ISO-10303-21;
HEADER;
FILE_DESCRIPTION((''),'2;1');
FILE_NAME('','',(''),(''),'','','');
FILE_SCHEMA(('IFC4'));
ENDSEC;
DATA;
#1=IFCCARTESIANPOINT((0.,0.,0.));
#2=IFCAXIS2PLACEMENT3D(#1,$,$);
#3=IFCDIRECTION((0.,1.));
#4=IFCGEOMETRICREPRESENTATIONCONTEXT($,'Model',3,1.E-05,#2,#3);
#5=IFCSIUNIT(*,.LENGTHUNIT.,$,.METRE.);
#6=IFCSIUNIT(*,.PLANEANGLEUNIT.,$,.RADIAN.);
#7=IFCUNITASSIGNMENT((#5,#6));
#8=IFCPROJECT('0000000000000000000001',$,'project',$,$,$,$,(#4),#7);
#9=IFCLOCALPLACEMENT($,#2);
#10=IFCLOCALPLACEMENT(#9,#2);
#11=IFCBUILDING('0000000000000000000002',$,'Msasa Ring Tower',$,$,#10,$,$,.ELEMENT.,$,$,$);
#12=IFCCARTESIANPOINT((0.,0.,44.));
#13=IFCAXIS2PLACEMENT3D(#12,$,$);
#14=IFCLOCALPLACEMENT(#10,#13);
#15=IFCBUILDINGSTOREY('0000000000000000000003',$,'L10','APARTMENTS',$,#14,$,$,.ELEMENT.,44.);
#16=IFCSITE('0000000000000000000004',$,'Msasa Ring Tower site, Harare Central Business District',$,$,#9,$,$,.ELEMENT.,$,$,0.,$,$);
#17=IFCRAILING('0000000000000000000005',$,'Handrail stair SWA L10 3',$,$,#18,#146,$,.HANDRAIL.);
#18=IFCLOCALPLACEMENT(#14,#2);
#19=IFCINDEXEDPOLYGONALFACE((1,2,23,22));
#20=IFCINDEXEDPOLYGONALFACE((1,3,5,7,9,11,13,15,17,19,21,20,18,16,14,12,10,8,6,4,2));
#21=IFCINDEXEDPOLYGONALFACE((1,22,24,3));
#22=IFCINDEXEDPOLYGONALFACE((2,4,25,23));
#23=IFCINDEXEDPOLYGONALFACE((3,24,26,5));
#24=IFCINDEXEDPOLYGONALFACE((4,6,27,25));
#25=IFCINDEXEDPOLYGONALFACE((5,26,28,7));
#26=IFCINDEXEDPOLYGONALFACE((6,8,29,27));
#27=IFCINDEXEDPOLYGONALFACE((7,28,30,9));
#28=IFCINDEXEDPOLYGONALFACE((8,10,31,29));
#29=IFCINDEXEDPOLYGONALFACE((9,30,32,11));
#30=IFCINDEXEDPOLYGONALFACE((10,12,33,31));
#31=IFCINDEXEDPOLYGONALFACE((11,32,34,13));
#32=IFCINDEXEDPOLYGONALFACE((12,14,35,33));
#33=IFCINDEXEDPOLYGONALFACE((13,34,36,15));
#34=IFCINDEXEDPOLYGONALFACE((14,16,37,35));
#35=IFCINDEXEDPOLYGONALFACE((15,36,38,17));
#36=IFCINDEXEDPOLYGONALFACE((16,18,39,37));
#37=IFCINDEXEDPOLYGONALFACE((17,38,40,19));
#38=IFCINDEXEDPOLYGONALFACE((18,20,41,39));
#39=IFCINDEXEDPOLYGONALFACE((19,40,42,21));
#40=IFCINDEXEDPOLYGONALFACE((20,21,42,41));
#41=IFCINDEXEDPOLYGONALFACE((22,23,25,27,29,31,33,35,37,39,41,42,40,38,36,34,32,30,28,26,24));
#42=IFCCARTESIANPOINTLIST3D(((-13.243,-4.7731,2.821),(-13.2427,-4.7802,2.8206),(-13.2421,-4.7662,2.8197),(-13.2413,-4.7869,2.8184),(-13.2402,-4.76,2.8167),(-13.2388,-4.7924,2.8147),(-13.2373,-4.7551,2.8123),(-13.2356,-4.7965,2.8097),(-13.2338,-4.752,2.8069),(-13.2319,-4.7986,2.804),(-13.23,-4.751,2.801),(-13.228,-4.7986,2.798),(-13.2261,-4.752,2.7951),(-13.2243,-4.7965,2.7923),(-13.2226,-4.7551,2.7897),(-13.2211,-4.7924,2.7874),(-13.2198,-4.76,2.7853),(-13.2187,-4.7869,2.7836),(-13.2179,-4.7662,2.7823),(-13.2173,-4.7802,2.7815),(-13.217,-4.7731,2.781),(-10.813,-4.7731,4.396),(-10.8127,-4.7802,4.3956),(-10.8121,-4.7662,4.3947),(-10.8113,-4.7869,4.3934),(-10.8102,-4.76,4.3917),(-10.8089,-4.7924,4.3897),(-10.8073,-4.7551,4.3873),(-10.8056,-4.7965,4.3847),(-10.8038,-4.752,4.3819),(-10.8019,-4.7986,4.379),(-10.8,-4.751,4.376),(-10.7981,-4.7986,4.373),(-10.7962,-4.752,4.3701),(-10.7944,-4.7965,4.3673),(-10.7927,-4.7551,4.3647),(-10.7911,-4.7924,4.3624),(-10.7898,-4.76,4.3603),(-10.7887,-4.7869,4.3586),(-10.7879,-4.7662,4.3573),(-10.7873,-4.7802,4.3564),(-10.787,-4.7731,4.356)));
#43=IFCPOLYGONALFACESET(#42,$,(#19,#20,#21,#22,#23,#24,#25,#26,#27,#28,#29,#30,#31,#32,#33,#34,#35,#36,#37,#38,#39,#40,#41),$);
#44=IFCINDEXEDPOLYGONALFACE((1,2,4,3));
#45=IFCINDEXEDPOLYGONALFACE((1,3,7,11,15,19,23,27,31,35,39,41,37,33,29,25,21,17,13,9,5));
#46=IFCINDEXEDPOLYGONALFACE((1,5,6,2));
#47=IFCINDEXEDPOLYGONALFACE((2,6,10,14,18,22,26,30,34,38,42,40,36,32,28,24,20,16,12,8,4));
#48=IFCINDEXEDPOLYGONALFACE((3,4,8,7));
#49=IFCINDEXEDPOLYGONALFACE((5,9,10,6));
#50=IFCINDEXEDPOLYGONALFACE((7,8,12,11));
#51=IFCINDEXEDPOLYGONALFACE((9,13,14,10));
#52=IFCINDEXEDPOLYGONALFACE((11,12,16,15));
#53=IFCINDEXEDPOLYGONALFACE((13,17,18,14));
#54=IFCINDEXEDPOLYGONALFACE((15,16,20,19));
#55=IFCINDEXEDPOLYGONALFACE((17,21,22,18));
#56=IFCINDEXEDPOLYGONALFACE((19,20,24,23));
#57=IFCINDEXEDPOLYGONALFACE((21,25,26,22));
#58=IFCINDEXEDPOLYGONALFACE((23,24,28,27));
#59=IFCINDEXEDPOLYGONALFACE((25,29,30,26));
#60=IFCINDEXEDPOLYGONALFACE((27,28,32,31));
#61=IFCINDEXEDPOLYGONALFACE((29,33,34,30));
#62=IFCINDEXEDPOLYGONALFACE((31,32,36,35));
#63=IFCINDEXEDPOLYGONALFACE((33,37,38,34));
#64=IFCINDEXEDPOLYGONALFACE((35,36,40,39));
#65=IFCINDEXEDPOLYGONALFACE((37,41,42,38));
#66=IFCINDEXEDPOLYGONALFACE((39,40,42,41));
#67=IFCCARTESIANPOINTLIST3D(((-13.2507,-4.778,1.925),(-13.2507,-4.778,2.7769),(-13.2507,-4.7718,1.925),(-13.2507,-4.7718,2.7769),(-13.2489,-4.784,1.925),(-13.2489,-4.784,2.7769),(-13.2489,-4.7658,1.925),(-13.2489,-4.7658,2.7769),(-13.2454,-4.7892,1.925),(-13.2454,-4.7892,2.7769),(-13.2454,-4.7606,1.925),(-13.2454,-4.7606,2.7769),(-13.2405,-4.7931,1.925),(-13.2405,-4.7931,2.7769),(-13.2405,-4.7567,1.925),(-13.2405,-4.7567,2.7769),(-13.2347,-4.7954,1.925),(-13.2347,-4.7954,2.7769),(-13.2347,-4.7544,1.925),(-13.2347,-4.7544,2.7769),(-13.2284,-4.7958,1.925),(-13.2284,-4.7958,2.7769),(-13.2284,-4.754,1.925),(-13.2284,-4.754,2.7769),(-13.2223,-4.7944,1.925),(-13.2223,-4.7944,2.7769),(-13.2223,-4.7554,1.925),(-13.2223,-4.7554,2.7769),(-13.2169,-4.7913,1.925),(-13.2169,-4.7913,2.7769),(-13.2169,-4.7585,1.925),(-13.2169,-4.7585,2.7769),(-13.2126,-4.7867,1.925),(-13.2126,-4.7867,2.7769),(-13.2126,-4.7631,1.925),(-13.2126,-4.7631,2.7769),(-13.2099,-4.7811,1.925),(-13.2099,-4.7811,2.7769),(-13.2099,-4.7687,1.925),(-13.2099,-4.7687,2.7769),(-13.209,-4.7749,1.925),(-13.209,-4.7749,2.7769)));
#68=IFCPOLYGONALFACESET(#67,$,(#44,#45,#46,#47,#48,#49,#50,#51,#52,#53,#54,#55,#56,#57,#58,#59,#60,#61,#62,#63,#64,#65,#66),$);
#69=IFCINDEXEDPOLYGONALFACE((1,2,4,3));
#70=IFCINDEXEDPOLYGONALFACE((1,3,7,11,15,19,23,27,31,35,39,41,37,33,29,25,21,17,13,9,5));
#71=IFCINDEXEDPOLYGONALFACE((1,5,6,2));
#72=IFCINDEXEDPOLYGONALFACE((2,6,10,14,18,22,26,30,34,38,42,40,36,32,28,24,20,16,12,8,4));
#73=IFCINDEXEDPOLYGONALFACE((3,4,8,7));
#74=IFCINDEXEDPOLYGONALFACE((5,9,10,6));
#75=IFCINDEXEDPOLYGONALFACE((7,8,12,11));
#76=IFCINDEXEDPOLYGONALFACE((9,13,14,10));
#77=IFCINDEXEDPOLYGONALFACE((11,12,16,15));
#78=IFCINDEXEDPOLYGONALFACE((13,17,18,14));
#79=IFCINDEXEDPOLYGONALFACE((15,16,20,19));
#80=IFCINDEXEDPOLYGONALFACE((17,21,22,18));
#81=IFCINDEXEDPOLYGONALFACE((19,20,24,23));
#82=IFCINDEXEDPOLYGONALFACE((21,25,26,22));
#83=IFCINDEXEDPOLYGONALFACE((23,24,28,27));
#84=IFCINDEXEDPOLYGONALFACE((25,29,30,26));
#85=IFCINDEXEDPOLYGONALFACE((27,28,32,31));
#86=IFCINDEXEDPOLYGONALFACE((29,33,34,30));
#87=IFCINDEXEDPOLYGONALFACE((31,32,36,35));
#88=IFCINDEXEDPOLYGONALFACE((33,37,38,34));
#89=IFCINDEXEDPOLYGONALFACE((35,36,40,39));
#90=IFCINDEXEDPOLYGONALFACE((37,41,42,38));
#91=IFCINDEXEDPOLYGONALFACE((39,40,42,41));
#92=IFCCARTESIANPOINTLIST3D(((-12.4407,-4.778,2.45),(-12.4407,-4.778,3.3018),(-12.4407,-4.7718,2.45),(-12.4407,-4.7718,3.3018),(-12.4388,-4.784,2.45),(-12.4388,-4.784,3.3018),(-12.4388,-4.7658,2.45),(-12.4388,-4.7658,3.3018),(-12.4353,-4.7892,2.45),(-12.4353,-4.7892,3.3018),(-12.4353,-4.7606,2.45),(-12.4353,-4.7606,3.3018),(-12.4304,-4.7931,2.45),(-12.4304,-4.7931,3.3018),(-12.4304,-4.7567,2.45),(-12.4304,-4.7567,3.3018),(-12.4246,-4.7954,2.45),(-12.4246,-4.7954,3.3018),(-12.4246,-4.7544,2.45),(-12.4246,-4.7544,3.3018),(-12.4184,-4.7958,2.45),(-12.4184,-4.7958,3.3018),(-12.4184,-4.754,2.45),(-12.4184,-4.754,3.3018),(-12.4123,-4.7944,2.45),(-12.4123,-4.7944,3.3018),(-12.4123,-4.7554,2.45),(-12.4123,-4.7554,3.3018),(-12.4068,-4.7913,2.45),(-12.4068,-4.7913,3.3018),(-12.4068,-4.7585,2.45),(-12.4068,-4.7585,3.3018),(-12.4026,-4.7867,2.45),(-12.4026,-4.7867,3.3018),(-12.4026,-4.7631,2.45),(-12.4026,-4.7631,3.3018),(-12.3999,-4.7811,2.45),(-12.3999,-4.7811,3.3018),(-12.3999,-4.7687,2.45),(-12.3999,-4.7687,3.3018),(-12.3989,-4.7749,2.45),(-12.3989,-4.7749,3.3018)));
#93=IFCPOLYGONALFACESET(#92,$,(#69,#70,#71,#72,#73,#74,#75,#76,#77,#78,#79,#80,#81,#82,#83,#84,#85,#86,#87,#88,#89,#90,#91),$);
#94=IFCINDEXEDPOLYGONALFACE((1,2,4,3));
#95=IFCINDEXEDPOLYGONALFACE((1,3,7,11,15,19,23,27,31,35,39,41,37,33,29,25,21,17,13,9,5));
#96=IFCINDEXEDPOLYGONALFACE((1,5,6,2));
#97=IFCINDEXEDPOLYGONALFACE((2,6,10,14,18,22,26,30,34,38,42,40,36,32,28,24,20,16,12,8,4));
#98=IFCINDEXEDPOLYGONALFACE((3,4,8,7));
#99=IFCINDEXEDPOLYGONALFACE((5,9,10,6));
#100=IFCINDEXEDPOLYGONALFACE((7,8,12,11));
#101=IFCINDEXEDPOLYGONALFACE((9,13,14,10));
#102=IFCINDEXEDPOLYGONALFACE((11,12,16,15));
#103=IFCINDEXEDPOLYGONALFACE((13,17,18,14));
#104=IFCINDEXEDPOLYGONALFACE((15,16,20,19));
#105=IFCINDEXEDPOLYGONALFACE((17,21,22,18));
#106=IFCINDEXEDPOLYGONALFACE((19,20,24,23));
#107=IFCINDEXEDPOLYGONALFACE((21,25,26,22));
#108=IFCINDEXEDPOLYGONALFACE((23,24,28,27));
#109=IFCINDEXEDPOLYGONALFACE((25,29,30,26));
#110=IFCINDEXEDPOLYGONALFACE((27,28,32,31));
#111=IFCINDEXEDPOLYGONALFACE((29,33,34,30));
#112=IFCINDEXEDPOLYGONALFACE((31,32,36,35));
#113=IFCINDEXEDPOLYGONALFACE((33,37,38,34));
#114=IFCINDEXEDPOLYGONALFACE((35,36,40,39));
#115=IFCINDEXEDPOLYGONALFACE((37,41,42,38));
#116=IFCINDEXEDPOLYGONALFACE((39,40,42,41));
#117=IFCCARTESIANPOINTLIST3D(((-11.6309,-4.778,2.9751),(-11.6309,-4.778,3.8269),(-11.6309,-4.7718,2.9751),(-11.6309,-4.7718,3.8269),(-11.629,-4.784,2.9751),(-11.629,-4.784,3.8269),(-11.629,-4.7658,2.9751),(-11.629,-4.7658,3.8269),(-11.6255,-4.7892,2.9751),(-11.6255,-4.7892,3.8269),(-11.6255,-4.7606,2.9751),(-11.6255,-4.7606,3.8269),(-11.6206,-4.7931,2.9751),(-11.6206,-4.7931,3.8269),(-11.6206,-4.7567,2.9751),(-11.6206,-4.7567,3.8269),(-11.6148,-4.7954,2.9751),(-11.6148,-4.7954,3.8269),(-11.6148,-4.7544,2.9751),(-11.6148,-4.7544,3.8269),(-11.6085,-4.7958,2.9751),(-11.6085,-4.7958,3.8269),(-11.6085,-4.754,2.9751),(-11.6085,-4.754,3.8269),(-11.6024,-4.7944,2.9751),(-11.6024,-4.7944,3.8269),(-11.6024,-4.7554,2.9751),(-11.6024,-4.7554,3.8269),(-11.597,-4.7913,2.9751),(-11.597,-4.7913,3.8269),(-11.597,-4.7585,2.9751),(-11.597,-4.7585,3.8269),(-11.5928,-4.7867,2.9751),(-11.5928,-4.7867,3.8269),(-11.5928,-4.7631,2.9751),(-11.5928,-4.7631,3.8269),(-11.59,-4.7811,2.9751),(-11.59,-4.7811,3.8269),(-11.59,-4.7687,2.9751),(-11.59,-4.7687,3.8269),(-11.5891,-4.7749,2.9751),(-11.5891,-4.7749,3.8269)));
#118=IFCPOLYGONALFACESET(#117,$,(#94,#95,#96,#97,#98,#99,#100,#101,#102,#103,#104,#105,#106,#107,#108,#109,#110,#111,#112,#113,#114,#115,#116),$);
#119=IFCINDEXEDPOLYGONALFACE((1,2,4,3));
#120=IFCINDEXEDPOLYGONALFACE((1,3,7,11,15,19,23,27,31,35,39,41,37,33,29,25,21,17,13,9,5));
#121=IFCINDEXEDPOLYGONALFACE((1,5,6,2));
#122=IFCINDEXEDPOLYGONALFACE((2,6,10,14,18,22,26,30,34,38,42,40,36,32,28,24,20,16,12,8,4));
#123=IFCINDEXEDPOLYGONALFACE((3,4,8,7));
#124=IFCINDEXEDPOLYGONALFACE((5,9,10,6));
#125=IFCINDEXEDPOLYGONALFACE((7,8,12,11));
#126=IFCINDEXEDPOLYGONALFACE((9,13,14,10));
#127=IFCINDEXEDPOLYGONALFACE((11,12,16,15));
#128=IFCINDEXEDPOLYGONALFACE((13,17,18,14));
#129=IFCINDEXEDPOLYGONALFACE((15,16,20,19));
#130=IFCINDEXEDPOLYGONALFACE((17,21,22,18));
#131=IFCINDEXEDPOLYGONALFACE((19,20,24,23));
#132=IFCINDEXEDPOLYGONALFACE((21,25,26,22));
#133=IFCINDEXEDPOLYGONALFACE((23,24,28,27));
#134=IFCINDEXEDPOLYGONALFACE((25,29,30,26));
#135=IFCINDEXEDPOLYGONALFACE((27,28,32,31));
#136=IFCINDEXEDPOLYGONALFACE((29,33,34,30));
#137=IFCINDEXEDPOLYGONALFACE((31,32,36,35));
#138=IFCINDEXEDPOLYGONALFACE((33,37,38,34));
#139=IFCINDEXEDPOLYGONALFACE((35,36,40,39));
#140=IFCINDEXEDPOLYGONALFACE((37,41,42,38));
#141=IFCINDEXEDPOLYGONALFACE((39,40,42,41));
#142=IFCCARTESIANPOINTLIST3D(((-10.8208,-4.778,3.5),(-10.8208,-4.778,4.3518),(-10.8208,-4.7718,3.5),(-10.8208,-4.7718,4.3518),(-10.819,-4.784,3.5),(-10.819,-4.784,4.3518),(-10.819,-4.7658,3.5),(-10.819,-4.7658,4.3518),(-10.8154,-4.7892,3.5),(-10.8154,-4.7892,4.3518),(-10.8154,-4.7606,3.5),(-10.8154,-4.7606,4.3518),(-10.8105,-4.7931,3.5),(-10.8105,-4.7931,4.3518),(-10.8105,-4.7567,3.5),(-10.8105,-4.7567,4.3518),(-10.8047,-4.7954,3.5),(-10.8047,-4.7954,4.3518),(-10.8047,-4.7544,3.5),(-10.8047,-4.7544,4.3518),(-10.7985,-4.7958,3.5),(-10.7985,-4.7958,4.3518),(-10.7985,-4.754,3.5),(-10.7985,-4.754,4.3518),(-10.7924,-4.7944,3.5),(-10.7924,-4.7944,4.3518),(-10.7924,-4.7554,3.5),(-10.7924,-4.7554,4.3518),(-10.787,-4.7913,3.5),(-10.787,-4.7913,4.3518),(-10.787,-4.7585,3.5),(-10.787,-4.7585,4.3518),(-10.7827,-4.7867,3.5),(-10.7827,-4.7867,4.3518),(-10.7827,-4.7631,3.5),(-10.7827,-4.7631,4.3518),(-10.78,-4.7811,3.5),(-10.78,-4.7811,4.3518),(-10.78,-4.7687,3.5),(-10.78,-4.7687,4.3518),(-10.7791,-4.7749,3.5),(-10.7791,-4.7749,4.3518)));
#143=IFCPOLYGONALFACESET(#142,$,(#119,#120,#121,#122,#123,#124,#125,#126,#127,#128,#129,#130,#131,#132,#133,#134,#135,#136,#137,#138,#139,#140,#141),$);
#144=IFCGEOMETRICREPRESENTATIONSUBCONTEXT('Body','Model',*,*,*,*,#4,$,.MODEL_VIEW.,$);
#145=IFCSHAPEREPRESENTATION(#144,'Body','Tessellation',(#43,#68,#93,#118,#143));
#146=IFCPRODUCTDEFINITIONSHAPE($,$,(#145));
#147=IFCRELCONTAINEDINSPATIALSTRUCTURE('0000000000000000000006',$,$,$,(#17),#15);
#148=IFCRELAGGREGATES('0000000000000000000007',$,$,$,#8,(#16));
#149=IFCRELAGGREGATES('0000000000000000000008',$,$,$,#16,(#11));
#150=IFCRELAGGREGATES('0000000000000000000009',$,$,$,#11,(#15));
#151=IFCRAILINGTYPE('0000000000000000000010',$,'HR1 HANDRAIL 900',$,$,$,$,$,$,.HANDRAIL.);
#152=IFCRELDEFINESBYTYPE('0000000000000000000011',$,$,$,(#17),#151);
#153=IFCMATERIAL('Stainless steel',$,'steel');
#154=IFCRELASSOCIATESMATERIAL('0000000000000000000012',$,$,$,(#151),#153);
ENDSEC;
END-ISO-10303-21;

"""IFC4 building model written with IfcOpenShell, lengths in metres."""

from ifc_helpers import new_model, si_unit, direction, frame, origin, origin_2d, place, context, subcontext, project, spatial, circle, extrude, material, type_object, element, save


model = new_model("IFC4")

# Units and contexts
model_context = context("Model", 3, precision=1e-05, world=origin(), true_north=direction((0.0, 1.0)))
body_context = subcontext(model_context, "Body", "Model", "MODEL_VIEW")
ifc_project = project(units=[si_unit("LENGTHUNIT", "METRE"), si_unit("PLANEANGLEUNIT", "RADIAN")], contexts=[model_context])

# Site, building, storey
site_placement = place(None, origin())
site = spatial("IfcSite", under=ifc_project, at=site_placement, Name="Msasa Ring Tower site, Harare Central Business District", CompositionType="ELEMENT", RefElevation=0.0)
building_placement = place(site_placement, origin())
building = spatial("IfcBuilding", under=site, at=building_placement, Name="Msasa Ring Tower", CompositionType="ELEMENT")
storey_placement = place(building_placement, frame((0.0, 0.0, 44.0)))
storey = spatial("IfcBuildingStorey", under=building, at=storey_placement, Name="L10", Description="APARTMENTS", CompositionType="ELEMENT", Elevation=44.0)

# Railing
ifc_material_1 = material(Name="Stainless steel", Category="steel")
railing_type = type_object("IfcRailingType", Name="HR1 HANDRAIL 900", PredefinedType="HANDRAIL", material=ifc_material_1)
for number, where, name in (
    (1, (-13.23, -4.7749, 1.925), "Handrail stair SWA L10 3"),
):
    element("IfcRailing", number, at=place(storey_placement, frame(where)), inside=storey, type_object=railing_type, Name=name, PredefinedType="HANDRAIL", context=body_context, shape_type="SweptSolid", body=[
        extrude(circle(Radius=0.0239, at=origin_2d()), frame((0.0, 0.0, 0.876), z_axis=(0.839154, 0.0, 0.543894), x_axis=(0.0, 1.0, 0.0)), (0.0, 0.0, 1.0), 2.8958),
        extrude(circle(Radius=0.021, at=origin_2d()), origin(), (0.0, 0.0, 1.0), 0.8518),
        extrude(circle(Radius=0.021, at=origin_2d()), frame((0.8101, 0.0, 0.5249)), (0.0, 0.0, 1.0), 0.8518),
        extrude(circle(Radius=0.021, at=origin_2d()), frame((1.6199, 0.0, 1.05)), (0.0, 0.0, 1.0), 0.8518),
        extrude(circle(Radius=0.021, at=origin_2d()), frame((2.4299, 0.0, 1.575)), (0.0, 0.0, 1.0), 0.8518),
    ])

save(model, "model.ifc")
